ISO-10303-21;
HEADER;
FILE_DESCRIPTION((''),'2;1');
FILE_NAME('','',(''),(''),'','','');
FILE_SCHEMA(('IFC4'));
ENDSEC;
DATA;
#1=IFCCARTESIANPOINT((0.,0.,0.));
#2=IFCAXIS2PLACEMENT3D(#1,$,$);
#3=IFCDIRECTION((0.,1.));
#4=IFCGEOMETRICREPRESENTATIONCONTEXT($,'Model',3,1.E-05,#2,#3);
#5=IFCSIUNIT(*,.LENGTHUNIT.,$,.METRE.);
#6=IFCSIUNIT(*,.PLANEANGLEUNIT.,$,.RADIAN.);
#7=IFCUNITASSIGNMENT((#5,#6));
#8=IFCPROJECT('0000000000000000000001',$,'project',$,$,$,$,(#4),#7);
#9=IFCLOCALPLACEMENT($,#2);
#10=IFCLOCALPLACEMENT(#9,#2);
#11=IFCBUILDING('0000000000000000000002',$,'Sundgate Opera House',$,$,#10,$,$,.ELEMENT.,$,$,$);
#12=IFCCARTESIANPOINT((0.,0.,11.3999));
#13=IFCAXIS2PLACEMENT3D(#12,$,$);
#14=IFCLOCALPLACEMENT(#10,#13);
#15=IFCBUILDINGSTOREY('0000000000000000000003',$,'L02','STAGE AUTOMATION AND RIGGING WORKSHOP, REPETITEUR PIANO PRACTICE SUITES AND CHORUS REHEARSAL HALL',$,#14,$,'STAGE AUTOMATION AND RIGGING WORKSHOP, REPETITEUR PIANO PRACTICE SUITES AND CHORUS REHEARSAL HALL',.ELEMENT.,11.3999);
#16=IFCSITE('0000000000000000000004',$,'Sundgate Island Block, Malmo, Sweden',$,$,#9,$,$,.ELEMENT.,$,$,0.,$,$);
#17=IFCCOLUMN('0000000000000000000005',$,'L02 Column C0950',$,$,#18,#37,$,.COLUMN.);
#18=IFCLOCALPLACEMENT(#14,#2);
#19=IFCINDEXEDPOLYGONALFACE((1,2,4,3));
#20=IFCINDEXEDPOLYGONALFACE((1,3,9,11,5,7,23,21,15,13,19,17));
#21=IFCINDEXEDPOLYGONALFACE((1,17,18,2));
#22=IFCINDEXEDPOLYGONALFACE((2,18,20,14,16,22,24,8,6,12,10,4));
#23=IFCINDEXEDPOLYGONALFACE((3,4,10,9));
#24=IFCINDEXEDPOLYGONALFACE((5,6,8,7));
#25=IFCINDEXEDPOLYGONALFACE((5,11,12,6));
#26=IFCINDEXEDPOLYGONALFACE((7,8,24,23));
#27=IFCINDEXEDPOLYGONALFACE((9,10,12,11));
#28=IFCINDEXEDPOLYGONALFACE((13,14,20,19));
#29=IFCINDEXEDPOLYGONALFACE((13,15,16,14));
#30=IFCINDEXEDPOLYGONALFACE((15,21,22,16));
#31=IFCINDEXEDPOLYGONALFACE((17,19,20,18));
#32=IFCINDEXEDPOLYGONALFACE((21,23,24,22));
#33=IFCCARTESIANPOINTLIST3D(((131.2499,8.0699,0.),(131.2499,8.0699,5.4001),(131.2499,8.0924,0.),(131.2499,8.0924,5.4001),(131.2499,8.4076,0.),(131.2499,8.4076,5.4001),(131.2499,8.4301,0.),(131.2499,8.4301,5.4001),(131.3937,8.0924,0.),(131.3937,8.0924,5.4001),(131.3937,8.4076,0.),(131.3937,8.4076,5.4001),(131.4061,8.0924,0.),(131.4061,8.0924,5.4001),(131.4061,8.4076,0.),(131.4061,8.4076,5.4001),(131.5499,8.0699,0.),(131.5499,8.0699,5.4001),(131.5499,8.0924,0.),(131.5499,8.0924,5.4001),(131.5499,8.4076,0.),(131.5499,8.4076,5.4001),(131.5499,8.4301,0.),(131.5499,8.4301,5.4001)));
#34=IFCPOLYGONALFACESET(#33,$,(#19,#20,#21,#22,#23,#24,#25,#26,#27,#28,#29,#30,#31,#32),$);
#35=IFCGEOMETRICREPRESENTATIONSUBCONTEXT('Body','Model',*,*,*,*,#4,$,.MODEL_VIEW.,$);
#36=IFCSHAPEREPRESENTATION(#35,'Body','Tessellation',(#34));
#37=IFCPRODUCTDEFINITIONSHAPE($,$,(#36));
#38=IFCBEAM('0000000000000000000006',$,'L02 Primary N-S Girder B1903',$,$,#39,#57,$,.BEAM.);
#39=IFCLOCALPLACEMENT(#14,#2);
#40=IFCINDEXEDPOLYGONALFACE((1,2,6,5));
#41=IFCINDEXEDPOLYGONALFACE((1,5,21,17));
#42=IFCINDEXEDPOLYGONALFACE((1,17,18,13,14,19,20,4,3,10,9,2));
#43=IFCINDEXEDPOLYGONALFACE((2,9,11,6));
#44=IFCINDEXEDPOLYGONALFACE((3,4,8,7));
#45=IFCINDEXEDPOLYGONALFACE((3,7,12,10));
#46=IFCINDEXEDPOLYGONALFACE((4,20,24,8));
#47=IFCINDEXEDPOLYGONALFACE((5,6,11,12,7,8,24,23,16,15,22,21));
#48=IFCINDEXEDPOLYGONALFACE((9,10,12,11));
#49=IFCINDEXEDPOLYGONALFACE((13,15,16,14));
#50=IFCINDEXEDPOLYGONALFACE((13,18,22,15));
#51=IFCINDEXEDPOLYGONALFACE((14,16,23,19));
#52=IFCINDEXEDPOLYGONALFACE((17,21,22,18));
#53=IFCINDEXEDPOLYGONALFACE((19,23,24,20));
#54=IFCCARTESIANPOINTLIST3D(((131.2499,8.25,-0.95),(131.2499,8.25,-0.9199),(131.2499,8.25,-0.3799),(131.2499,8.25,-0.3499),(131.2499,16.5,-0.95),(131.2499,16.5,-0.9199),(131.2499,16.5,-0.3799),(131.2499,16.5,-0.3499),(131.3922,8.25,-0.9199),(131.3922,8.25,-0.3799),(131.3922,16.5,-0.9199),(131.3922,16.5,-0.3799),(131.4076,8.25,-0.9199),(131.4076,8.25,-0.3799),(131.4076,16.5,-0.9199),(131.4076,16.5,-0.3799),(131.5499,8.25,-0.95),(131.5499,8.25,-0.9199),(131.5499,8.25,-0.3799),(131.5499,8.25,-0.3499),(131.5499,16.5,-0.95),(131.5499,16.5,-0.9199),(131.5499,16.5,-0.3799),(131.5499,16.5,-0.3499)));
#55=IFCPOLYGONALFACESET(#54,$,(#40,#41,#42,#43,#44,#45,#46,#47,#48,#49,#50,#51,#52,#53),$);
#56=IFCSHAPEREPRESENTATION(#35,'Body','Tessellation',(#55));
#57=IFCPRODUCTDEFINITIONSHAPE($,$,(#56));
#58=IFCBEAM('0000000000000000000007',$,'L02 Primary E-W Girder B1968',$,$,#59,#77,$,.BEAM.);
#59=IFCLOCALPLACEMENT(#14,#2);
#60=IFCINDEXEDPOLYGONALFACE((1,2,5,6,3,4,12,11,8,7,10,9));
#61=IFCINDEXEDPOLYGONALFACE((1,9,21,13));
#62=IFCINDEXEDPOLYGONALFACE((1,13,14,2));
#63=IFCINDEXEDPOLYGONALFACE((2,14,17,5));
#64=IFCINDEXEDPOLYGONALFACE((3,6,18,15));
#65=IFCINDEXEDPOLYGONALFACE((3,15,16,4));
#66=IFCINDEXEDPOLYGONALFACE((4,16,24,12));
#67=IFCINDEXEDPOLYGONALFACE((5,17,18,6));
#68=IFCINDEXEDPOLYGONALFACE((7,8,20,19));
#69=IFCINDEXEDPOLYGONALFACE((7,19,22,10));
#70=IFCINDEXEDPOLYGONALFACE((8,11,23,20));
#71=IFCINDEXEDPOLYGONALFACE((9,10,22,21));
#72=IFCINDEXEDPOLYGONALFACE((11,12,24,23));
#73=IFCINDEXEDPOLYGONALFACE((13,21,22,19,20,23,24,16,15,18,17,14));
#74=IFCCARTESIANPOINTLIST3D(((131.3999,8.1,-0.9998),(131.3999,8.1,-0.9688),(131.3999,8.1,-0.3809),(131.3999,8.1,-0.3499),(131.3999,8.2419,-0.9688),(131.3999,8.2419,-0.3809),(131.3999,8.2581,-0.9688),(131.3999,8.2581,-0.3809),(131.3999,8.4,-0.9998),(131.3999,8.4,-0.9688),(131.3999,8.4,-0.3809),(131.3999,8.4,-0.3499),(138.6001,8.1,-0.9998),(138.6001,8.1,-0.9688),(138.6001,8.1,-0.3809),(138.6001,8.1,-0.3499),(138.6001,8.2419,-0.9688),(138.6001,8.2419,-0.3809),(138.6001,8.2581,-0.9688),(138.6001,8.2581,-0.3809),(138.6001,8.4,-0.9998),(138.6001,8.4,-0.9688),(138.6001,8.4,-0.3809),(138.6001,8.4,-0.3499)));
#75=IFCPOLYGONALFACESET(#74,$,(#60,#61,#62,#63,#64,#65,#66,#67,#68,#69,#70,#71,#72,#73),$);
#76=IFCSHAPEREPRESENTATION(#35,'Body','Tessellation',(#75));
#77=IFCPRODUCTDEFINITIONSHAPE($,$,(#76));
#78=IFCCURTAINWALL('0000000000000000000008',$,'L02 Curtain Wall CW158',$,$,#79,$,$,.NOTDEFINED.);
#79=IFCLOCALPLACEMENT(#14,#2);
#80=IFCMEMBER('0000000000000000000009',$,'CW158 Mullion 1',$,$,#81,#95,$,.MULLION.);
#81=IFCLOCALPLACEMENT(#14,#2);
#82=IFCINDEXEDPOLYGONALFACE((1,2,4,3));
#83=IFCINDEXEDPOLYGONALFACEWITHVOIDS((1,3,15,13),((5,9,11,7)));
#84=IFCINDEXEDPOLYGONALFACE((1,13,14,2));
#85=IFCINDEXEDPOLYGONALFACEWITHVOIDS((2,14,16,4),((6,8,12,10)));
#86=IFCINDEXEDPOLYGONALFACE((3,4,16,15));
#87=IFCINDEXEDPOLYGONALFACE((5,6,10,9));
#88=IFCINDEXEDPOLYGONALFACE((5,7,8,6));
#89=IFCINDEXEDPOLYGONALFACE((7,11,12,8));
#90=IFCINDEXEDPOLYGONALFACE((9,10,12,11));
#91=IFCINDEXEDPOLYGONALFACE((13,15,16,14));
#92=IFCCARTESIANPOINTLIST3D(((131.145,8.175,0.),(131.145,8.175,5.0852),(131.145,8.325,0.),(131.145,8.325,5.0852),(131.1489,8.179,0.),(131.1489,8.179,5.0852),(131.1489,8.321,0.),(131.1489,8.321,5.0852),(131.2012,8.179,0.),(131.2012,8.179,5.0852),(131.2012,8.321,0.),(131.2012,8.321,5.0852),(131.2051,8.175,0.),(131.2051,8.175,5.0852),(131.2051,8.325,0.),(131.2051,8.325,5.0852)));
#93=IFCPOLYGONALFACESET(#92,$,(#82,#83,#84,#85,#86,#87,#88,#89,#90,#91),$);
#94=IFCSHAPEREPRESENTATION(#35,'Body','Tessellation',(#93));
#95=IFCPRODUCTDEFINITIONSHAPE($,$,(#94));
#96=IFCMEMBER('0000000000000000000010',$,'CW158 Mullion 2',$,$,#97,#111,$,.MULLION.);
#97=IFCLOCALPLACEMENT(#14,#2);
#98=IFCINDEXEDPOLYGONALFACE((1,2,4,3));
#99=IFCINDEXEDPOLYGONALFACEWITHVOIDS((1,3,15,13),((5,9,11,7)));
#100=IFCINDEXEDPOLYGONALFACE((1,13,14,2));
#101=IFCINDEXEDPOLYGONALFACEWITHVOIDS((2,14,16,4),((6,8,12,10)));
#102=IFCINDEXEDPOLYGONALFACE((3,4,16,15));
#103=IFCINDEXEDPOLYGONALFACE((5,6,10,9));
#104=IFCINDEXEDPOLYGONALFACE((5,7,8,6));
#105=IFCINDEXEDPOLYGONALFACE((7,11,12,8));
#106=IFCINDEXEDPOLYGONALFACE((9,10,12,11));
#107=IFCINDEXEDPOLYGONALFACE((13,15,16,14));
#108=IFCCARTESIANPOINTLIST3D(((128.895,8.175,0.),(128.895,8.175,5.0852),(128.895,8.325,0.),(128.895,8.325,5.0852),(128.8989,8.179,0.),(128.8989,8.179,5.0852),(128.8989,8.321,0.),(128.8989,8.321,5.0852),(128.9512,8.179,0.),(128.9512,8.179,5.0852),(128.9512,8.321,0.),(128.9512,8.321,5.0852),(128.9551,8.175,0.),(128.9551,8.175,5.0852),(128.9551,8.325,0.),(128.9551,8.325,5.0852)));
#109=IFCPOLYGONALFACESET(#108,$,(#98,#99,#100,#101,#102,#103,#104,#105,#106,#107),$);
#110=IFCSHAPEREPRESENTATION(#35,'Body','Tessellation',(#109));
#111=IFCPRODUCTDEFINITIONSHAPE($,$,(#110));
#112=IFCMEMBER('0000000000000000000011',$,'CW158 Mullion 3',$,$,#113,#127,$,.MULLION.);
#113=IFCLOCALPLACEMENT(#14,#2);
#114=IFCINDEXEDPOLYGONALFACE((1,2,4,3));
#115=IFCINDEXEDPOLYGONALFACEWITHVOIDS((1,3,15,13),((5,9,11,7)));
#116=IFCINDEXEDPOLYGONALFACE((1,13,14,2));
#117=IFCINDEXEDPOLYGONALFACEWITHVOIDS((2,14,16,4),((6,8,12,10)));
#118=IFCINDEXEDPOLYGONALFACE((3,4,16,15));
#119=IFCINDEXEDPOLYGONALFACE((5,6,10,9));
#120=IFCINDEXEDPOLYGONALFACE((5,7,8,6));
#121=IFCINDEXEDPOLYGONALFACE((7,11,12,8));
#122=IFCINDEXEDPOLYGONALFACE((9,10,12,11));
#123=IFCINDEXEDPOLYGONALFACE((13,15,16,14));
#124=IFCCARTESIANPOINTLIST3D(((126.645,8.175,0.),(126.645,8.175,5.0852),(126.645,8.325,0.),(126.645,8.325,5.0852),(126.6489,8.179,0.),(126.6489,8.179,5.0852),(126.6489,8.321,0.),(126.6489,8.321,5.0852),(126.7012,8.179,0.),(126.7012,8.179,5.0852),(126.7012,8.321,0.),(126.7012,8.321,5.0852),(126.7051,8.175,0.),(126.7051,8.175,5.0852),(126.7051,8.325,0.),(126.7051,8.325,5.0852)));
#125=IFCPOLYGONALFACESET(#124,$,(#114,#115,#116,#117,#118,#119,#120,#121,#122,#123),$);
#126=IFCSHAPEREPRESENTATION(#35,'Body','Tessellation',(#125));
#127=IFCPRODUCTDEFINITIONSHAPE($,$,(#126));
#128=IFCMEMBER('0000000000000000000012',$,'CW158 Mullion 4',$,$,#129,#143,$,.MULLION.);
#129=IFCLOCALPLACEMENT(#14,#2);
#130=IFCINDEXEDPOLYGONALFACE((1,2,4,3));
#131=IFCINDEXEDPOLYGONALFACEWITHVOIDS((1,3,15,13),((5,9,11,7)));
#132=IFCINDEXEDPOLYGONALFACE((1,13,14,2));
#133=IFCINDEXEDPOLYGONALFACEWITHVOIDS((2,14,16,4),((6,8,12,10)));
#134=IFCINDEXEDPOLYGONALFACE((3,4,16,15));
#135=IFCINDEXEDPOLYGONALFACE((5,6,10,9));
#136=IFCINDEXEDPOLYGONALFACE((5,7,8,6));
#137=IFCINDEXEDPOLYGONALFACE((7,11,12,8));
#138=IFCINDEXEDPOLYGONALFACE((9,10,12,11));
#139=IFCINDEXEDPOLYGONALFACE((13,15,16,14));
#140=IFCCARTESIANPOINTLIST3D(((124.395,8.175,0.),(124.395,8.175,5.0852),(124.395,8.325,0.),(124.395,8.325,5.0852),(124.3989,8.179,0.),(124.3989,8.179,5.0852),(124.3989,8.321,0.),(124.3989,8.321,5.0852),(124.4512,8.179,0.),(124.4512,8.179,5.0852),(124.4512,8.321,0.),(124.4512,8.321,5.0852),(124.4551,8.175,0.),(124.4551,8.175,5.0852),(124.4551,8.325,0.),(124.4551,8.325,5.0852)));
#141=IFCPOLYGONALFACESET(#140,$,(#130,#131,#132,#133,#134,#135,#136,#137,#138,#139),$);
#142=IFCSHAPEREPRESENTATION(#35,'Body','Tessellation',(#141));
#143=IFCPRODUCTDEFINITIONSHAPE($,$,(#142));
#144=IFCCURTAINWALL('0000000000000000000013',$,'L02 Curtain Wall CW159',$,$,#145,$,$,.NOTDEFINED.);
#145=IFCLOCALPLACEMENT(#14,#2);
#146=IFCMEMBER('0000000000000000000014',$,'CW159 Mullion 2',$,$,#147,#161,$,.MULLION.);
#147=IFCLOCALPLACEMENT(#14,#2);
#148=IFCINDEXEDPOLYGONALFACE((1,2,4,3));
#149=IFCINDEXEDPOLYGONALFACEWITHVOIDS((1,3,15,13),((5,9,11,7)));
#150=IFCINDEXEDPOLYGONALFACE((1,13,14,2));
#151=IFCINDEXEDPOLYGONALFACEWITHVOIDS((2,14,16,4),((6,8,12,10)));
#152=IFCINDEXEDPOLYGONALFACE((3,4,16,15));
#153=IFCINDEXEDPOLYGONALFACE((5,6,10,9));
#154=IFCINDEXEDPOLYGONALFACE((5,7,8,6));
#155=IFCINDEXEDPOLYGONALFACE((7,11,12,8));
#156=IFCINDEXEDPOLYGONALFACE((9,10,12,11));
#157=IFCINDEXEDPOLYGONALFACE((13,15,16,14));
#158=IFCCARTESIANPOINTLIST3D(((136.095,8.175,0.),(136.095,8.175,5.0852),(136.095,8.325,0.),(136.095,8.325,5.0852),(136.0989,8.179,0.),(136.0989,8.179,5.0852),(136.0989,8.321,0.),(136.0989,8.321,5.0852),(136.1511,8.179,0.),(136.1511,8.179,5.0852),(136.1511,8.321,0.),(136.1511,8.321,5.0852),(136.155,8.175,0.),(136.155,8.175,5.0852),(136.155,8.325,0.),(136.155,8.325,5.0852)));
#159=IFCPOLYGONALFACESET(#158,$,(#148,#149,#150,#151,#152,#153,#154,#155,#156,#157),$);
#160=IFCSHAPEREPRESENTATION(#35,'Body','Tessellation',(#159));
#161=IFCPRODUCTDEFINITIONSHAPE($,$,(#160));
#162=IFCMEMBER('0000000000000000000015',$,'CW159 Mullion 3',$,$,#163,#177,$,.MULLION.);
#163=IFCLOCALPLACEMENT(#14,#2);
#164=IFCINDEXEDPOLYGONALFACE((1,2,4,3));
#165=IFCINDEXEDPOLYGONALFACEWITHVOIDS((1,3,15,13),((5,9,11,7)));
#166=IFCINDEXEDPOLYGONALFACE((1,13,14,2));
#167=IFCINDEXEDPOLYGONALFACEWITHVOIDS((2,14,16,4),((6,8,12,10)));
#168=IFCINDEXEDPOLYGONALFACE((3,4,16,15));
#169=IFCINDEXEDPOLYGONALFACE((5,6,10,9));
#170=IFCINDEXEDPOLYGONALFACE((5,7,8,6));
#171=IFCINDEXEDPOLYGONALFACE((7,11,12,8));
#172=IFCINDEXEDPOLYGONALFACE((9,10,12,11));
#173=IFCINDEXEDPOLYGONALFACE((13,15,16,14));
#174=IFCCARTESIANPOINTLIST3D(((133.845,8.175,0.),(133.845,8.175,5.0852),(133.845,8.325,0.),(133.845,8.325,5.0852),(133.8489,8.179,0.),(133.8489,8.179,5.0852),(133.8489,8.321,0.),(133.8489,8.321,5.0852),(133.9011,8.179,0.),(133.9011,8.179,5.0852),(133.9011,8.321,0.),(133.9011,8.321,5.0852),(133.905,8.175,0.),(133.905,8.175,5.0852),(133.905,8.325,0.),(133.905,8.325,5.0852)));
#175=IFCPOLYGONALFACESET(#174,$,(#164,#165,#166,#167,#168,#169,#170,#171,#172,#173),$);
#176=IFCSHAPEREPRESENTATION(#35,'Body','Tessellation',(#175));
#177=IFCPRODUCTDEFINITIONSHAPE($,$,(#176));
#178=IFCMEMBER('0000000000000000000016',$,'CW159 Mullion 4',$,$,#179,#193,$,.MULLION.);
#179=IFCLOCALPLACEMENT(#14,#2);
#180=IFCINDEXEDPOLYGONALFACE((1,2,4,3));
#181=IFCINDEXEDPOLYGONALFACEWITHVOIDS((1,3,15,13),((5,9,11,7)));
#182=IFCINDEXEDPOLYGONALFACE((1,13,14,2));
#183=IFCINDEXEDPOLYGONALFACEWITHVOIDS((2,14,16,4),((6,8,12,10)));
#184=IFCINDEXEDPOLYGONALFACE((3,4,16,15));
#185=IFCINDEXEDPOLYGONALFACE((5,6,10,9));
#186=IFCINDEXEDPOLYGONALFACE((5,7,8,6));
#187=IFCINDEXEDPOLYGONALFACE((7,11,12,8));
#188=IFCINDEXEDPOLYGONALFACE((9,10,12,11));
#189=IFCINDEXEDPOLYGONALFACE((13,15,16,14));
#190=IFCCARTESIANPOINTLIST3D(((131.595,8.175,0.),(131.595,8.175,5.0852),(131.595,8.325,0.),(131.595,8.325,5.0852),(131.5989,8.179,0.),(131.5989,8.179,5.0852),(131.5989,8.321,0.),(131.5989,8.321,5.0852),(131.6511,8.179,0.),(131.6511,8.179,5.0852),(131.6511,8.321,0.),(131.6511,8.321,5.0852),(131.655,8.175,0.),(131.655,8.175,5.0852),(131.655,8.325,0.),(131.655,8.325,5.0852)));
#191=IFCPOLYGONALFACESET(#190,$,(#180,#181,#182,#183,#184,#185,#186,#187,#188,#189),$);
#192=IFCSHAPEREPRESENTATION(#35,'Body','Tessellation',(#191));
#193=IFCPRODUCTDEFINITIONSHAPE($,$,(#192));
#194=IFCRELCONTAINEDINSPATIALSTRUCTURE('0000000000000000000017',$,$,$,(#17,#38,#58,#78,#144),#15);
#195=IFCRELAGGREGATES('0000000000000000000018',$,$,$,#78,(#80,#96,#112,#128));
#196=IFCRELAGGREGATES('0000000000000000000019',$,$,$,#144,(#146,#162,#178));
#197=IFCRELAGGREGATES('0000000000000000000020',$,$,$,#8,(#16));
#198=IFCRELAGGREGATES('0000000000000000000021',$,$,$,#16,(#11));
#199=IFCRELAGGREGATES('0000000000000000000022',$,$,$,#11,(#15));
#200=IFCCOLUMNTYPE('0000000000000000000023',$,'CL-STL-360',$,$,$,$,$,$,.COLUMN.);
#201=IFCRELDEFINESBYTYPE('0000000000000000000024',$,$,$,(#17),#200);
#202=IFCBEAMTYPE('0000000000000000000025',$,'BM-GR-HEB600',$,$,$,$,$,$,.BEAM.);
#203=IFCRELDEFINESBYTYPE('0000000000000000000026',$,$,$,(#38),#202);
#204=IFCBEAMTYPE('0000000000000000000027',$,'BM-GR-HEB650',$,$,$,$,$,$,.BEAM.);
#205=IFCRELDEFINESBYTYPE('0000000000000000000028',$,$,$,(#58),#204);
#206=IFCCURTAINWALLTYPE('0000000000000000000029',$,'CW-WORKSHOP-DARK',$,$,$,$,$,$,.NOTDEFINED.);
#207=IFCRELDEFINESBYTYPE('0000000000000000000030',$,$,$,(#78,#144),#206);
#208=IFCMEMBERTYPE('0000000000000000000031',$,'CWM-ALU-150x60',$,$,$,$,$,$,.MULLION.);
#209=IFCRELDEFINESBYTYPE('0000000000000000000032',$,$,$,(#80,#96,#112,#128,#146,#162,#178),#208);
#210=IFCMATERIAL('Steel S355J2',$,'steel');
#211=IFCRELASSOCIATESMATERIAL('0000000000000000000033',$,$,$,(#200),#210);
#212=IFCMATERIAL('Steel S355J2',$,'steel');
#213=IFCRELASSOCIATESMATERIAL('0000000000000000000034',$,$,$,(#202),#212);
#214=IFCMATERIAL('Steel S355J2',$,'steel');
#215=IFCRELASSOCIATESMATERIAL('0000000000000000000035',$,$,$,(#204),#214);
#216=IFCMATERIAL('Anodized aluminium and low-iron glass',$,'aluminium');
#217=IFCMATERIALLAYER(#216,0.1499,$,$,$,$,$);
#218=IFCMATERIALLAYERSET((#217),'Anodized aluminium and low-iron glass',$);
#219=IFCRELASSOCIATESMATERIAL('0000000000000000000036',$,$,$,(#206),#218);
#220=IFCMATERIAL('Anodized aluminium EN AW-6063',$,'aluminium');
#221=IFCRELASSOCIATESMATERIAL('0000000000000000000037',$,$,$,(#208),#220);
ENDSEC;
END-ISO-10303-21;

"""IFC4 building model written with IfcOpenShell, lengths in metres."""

from ifc_helpers import new_model, si_unit, direction, frame, origin, origin_2d, place, context, subcontext, project, spatial, hollow_rectangle, i_section, extrude, material, layer, layer_set, material_profile, profile_set, type_object, element, aggregate, save


model = new_model("IFC4")

# Units and contexts
model_context = context("Model", 3, precision=1e-05, world=origin(), true_north=direction((0.0, 1.0)))
body_context = subcontext(model_context, "Body", "Model", "MODEL_VIEW")
ifc_project = project(units=[si_unit("LENGTHUNIT", "METRE"), si_unit("PLANEANGLEUNIT", "RADIAN")], contexts=[model_context])

# Site, building, storey
site_placement = place(None, origin())
site = spatial("IfcSite", under=ifc_project, at=site_placement, Name="Sundgate Island Block, Malmo, Sweden", CompositionType="ELEMENT", RefElevation=0.0)
building_placement = place(site_placement, origin())
building = spatial("IfcBuilding", under=site, at=building_placement, Name="Sundgate Opera House", CompositionType="ELEMENT")
storey_placement = place(building_placement, frame((0.0, 0.0, 11.3999)))
storey = spatial("IfcBuildingStorey", under=building, at=storey_placement, Name="L02", Description="STAGE AUTOMATION AND RIGGING WORKSHOP, REPETITEUR PIANO PRACTICE SUITES AND CHORUS REHEARSAL HALL", LongName="STAGE AUTOMATION AND RIGGING WORKSHOP, REPETITEUR PIANO PRACTICE SUITES AND CHORUS REHEARSAL HALL", CompositionType="ELEMENT", Elevation=11.3999)

# Column
ifc_material_1 = material(Name="Steel S355J2", Category="steel")
ifc_material_profile_1 = material_profile(ifc_material_1, i_section(OverallWidth=0.3, OverallDepth=0.3601, WebThickness=0.0125, FlangeThickness=0.0225, at=origin_2d()), Name="HEB 360")
ifc_profile_set_1 = profile_set([ifc_material_profile_1], Name="Steel S355J2")
column_type = type_object("IfcColumnType", Name="CL-STL-360", PredefinedType="COLUMN", material=ifc_profile_set_1)
column_placement = place(storey_placement, frame((131.3999, 8.25, 0.0), z_axis=(0.0, 0.0, 1.0), x_axis=(1.0, 0.0, 0.0)))
element("IfcColumn", 1, at=column_placement, inside=storey, type_object=column_type, Name="L02 Column C0950", PredefinedType="COLUMN", context=body_context, shape_type="SweptSolid", body=[
    extrude(i_section(OverallWidth=0.3, OverallDepth=0.3601, WebThickness=0.0125, FlangeThickness=0.0225, at=origin_2d()), origin(), (0.0, 0.0, 1.0), 5.4001),
])

# Beams
ifc_material_2 = material(Name="Steel S355J2", Category="steel")
ifc_material_profile_2 = material_profile(ifc_material_2, i_section(OverallWidth=0.3, OverallDepth=0.6001, WebThickness=0.0154, FlangeThickness=0.03, at=origin_2d()), Name="HEB 600")
ifc_profile_set_2 = profile_set([ifc_material_profile_2], Name="Steel S355J2")
beam_type_1 = type_object("IfcBeamType", Name="BM-GR-HEB600", PredefinedType="BEAM", material=ifc_profile_set_2)
beam_1_placement = place(storey_placement, frame((131.3999, 8.25, -0.6499), z_axis=(0.0, 1.0, 0.0), x_axis=(-1.0, 0.0, 0.0)))
element("IfcBeam", 2, at=beam_1_placement, inside=storey, type_object=beam_type_1, Name="L02 Primary N-S Girder B1903", PredefinedType="BEAM", context=body_context, shape_type="SweptSolid", body=[
    extrude(i_section(OverallWidth=0.3, OverallDepth=0.6001, WebThickness=0.0154, FlangeThickness=0.03, at=origin_2d()), origin(), (0.0, 0.0, 1.0), 8.25),
])
ifc_material_3 = material(Name="Steel S355J2", Category="steel")
ifc_material_profile_3 = material_profile(ifc_material_3, i_section(OverallWidth=0.3, OverallDepth=0.6499, WebThickness=0.0161, FlangeThickness=0.031, at=origin_2d()), Name="HEB 650")
ifc_profile_set_3 = profile_set([ifc_material_profile_3], Name="Steel S355J2")
beam_type_2 = type_object("IfcBeamType", Name="BM-GR-HEB650", PredefinedType="BEAM", material=ifc_profile_set_3)
beam_2_placement = place(storey_placement, frame((131.3999, 8.25, -0.6748), z_axis=(1.0, 0.0, 0.0), x_axis=(0.0, 1.0, 0.0)))
element("IfcBeam", 3, at=beam_2_placement, inside=storey, type_object=beam_type_2, Name="L02 Primary E-W Girder B1968", PredefinedType="BEAM", context=body_context, shape_type="SweptSolid", body=[
    extrude(i_section(OverallWidth=0.3, OverallDepth=0.6499, WebThickness=0.0161, FlangeThickness=0.031, at=origin_2d()), origin(), (0.0, 0.0, 1.0), 7.2002),
])

# Curtain walls, members
ifc_material_4 = material(Name="Anodized aluminium and low-iron glass", Category="aluminium")
ifc_layer_1 = layer(ifc_material_4, 0.1499)
ifc_layer_set_1 = layer_set([ifc_layer_1], Name="Anodized aluminium and low-iron glass")
curtain_wall_type = type_object("IfcCurtainWallType", Name="CW-WORKSHOP-DARK", PredefinedType="NOTDEFINED", material=ifc_layer_set_1)
curtain_wall_1_placement = place(storey_placement, origin())
curtain_wall_1 = element("IfcCurtainWall", 4, at=curtain_wall_1_placement, inside=storey, type_object=curtain_wall_type, Name="L02 Curtain Wall CW158", PredefinedType="NOTDEFINED")
ifc_material_5 = material(Name="Anodized aluminium EN AW-6063", Category="aluminium")
ifc_material_profile_4 = material_profile(ifc_material_5, hollow_rectangle(XDim=0.0601, YDim=0.1499, WallThickness=0.0039, at=origin_2d()), Name="CWM 150x60x4")
ifc_profile_set_4 = profile_set([ifc_material_profile_4], Name="Anodized aluminium EN AW-6063")
member_type_1 = type_object("IfcMemberType", Name="CWM-ALU-150x60", PredefinedType="MULLION", material=ifc_profile_set_4)
member_1_placement = place(storey_placement, frame((131.175, 8.25, 0.0), z_axis=(0.0, 0.0, 1.0), x_axis=(1.0, 0.0, 0.0)))
member_1 = element("IfcMember", 5, at=member_1_placement, type_object=member_type_1, Name="CW158 Mullion 1", PredefinedType="MULLION", context=body_context, shape_type="SweptSolid", body=[
    extrude(hollow_rectangle(XDim=0.0601, YDim=0.1499, WallThickness=0.0039, at=origin_2d()), origin(), (0.0, 0.0, 1.0), 5.0852),
])
member_2_placement = place(storey_placement, frame((128.925, 8.25, 0.0), z_axis=(0.0, 0.0, 1.0), x_axis=(1.0, 0.0, 0.0)))
member_2 = element("IfcMember", 6, at=member_2_placement, type_object=member_type_1, Name="CW158 Mullion 2", PredefinedType="MULLION", context=body_context, shape_type="SweptSolid", body=[
    extrude(hollow_rectangle(XDim=0.0601, YDim=0.1499, WallThickness=0.0039, at=origin_2d()), origin(), (0.0, 0.0, 1.0), 5.0852),
])
member_3_placement = place(storey_placement, frame((126.675, 8.25, 0.0), z_axis=(0.0, 0.0, 1.0), x_axis=(1.0, 0.0, 0.0)))
member_3 = element("IfcMember", 7, at=member_3_placement, type_object=member_type_1, Name="CW158 Mullion 3", PredefinedType="MULLION", context=body_context, shape_type="SweptSolid", body=[
    extrude(hollow_rectangle(XDim=0.0601, YDim=0.1499, WallThickness=0.0039, at=origin_2d()), origin(), (0.0, 0.0, 1.0), 5.0852),
])
member_4_placement = place(storey_placement, frame((124.425, 8.25, 0.0), z_axis=(0.0, 0.0, 1.0), x_axis=(1.0, 0.0, 0.0)))
member_4 = element("IfcMember", 8, at=member_4_placement, type_object=member_type_1, Name="CW158 Mullion 4", PredefinedType="MULLION", context=body_context, shape_type="SweptSolid", body=[
    extrude(hollow_rectangle(XDim=0.0601, YDim=0.1499, WallThickness=0.0039, at=origin_2d()), origin(), (0.0, 0.0, 1.0), 5.0852),
])
curtain_wall_2_placement = place(storey_placement, origin())
curtain_wall_2 = element("IfcCurtainWall", 9, at=curtain_wall_2_placement, inside=storey, type_object=curtain_wall_type, Name="L02 Curtain Wall CW159", PredefinedType="NOTDEFINED")
member_5_placement = place(storey_placement, frame((136.125, 8.25, 0.0), z_axis=(0.0, 0.0, 1.0), x_axis=(1.0, 0.0, 0.0)))
member_5 = element("IfcMember", 10, at=member_5_placement, type_object=member_type_1, Name="CW159 Mullion 2", PredefinedType="MULLION", context=body_context, shape_type="SweptSolid", body=[
    extrude(hollow_rectangle(XDim=0.0601, YDim=0.1499, WallThickness=0.0039, at=origin_2d()), origin(), (0.0, 0.0, 1.0), 5.0852),
])
member_6_placement = place(storey_placement, frame((133.875, 8.25, 0.0), z_axis=(0.0, 0.0, 1.0), x_axis=(1.0, 0.0, 0.0)))
member_6 = element("IfcMember", 11, at=member_6_placement, type_object=member_type_1, Name="CW159 Mullion 3", PredefinedType="MULLION", context=body_context, shape_type="SweptSolid", body=[
    extrude(hollow_rectangle(XDim=0.0601, YDim=0.1499, WallThickness=0.0039, at=origin_2d()), origin(), (0.0, 0.0, 1.0), 5.0852),
])
member_7_placement = place(storey_placement, frame((131.625, 8.25, 0.0), z_axis=(0.0, 0.0, 1.0), x_axis=(1.0, 0.0, 0.0)))
member_7 = element("IfcMember", 12, at=member_7_placement, type_object=member_type_1, Name="CW159 Mullion 4", PredefinedType="MULLION", context=body_context, shape_type="SweptSolid", body=[
    extrude(hollow_rectangle(XDim=0.0601, YDim=0.1499, WallThickness=0.0039, at=origin_2d()), origin(), (0.0, 0.0, 1.0), 5.0852),
])

aggregate(curtain_wall_1, [member_1, member_2, member_3, member_4])
aggregate(curtain_wall_2, [member_5, member_6, member_7])

save(model, "model.ifc")
